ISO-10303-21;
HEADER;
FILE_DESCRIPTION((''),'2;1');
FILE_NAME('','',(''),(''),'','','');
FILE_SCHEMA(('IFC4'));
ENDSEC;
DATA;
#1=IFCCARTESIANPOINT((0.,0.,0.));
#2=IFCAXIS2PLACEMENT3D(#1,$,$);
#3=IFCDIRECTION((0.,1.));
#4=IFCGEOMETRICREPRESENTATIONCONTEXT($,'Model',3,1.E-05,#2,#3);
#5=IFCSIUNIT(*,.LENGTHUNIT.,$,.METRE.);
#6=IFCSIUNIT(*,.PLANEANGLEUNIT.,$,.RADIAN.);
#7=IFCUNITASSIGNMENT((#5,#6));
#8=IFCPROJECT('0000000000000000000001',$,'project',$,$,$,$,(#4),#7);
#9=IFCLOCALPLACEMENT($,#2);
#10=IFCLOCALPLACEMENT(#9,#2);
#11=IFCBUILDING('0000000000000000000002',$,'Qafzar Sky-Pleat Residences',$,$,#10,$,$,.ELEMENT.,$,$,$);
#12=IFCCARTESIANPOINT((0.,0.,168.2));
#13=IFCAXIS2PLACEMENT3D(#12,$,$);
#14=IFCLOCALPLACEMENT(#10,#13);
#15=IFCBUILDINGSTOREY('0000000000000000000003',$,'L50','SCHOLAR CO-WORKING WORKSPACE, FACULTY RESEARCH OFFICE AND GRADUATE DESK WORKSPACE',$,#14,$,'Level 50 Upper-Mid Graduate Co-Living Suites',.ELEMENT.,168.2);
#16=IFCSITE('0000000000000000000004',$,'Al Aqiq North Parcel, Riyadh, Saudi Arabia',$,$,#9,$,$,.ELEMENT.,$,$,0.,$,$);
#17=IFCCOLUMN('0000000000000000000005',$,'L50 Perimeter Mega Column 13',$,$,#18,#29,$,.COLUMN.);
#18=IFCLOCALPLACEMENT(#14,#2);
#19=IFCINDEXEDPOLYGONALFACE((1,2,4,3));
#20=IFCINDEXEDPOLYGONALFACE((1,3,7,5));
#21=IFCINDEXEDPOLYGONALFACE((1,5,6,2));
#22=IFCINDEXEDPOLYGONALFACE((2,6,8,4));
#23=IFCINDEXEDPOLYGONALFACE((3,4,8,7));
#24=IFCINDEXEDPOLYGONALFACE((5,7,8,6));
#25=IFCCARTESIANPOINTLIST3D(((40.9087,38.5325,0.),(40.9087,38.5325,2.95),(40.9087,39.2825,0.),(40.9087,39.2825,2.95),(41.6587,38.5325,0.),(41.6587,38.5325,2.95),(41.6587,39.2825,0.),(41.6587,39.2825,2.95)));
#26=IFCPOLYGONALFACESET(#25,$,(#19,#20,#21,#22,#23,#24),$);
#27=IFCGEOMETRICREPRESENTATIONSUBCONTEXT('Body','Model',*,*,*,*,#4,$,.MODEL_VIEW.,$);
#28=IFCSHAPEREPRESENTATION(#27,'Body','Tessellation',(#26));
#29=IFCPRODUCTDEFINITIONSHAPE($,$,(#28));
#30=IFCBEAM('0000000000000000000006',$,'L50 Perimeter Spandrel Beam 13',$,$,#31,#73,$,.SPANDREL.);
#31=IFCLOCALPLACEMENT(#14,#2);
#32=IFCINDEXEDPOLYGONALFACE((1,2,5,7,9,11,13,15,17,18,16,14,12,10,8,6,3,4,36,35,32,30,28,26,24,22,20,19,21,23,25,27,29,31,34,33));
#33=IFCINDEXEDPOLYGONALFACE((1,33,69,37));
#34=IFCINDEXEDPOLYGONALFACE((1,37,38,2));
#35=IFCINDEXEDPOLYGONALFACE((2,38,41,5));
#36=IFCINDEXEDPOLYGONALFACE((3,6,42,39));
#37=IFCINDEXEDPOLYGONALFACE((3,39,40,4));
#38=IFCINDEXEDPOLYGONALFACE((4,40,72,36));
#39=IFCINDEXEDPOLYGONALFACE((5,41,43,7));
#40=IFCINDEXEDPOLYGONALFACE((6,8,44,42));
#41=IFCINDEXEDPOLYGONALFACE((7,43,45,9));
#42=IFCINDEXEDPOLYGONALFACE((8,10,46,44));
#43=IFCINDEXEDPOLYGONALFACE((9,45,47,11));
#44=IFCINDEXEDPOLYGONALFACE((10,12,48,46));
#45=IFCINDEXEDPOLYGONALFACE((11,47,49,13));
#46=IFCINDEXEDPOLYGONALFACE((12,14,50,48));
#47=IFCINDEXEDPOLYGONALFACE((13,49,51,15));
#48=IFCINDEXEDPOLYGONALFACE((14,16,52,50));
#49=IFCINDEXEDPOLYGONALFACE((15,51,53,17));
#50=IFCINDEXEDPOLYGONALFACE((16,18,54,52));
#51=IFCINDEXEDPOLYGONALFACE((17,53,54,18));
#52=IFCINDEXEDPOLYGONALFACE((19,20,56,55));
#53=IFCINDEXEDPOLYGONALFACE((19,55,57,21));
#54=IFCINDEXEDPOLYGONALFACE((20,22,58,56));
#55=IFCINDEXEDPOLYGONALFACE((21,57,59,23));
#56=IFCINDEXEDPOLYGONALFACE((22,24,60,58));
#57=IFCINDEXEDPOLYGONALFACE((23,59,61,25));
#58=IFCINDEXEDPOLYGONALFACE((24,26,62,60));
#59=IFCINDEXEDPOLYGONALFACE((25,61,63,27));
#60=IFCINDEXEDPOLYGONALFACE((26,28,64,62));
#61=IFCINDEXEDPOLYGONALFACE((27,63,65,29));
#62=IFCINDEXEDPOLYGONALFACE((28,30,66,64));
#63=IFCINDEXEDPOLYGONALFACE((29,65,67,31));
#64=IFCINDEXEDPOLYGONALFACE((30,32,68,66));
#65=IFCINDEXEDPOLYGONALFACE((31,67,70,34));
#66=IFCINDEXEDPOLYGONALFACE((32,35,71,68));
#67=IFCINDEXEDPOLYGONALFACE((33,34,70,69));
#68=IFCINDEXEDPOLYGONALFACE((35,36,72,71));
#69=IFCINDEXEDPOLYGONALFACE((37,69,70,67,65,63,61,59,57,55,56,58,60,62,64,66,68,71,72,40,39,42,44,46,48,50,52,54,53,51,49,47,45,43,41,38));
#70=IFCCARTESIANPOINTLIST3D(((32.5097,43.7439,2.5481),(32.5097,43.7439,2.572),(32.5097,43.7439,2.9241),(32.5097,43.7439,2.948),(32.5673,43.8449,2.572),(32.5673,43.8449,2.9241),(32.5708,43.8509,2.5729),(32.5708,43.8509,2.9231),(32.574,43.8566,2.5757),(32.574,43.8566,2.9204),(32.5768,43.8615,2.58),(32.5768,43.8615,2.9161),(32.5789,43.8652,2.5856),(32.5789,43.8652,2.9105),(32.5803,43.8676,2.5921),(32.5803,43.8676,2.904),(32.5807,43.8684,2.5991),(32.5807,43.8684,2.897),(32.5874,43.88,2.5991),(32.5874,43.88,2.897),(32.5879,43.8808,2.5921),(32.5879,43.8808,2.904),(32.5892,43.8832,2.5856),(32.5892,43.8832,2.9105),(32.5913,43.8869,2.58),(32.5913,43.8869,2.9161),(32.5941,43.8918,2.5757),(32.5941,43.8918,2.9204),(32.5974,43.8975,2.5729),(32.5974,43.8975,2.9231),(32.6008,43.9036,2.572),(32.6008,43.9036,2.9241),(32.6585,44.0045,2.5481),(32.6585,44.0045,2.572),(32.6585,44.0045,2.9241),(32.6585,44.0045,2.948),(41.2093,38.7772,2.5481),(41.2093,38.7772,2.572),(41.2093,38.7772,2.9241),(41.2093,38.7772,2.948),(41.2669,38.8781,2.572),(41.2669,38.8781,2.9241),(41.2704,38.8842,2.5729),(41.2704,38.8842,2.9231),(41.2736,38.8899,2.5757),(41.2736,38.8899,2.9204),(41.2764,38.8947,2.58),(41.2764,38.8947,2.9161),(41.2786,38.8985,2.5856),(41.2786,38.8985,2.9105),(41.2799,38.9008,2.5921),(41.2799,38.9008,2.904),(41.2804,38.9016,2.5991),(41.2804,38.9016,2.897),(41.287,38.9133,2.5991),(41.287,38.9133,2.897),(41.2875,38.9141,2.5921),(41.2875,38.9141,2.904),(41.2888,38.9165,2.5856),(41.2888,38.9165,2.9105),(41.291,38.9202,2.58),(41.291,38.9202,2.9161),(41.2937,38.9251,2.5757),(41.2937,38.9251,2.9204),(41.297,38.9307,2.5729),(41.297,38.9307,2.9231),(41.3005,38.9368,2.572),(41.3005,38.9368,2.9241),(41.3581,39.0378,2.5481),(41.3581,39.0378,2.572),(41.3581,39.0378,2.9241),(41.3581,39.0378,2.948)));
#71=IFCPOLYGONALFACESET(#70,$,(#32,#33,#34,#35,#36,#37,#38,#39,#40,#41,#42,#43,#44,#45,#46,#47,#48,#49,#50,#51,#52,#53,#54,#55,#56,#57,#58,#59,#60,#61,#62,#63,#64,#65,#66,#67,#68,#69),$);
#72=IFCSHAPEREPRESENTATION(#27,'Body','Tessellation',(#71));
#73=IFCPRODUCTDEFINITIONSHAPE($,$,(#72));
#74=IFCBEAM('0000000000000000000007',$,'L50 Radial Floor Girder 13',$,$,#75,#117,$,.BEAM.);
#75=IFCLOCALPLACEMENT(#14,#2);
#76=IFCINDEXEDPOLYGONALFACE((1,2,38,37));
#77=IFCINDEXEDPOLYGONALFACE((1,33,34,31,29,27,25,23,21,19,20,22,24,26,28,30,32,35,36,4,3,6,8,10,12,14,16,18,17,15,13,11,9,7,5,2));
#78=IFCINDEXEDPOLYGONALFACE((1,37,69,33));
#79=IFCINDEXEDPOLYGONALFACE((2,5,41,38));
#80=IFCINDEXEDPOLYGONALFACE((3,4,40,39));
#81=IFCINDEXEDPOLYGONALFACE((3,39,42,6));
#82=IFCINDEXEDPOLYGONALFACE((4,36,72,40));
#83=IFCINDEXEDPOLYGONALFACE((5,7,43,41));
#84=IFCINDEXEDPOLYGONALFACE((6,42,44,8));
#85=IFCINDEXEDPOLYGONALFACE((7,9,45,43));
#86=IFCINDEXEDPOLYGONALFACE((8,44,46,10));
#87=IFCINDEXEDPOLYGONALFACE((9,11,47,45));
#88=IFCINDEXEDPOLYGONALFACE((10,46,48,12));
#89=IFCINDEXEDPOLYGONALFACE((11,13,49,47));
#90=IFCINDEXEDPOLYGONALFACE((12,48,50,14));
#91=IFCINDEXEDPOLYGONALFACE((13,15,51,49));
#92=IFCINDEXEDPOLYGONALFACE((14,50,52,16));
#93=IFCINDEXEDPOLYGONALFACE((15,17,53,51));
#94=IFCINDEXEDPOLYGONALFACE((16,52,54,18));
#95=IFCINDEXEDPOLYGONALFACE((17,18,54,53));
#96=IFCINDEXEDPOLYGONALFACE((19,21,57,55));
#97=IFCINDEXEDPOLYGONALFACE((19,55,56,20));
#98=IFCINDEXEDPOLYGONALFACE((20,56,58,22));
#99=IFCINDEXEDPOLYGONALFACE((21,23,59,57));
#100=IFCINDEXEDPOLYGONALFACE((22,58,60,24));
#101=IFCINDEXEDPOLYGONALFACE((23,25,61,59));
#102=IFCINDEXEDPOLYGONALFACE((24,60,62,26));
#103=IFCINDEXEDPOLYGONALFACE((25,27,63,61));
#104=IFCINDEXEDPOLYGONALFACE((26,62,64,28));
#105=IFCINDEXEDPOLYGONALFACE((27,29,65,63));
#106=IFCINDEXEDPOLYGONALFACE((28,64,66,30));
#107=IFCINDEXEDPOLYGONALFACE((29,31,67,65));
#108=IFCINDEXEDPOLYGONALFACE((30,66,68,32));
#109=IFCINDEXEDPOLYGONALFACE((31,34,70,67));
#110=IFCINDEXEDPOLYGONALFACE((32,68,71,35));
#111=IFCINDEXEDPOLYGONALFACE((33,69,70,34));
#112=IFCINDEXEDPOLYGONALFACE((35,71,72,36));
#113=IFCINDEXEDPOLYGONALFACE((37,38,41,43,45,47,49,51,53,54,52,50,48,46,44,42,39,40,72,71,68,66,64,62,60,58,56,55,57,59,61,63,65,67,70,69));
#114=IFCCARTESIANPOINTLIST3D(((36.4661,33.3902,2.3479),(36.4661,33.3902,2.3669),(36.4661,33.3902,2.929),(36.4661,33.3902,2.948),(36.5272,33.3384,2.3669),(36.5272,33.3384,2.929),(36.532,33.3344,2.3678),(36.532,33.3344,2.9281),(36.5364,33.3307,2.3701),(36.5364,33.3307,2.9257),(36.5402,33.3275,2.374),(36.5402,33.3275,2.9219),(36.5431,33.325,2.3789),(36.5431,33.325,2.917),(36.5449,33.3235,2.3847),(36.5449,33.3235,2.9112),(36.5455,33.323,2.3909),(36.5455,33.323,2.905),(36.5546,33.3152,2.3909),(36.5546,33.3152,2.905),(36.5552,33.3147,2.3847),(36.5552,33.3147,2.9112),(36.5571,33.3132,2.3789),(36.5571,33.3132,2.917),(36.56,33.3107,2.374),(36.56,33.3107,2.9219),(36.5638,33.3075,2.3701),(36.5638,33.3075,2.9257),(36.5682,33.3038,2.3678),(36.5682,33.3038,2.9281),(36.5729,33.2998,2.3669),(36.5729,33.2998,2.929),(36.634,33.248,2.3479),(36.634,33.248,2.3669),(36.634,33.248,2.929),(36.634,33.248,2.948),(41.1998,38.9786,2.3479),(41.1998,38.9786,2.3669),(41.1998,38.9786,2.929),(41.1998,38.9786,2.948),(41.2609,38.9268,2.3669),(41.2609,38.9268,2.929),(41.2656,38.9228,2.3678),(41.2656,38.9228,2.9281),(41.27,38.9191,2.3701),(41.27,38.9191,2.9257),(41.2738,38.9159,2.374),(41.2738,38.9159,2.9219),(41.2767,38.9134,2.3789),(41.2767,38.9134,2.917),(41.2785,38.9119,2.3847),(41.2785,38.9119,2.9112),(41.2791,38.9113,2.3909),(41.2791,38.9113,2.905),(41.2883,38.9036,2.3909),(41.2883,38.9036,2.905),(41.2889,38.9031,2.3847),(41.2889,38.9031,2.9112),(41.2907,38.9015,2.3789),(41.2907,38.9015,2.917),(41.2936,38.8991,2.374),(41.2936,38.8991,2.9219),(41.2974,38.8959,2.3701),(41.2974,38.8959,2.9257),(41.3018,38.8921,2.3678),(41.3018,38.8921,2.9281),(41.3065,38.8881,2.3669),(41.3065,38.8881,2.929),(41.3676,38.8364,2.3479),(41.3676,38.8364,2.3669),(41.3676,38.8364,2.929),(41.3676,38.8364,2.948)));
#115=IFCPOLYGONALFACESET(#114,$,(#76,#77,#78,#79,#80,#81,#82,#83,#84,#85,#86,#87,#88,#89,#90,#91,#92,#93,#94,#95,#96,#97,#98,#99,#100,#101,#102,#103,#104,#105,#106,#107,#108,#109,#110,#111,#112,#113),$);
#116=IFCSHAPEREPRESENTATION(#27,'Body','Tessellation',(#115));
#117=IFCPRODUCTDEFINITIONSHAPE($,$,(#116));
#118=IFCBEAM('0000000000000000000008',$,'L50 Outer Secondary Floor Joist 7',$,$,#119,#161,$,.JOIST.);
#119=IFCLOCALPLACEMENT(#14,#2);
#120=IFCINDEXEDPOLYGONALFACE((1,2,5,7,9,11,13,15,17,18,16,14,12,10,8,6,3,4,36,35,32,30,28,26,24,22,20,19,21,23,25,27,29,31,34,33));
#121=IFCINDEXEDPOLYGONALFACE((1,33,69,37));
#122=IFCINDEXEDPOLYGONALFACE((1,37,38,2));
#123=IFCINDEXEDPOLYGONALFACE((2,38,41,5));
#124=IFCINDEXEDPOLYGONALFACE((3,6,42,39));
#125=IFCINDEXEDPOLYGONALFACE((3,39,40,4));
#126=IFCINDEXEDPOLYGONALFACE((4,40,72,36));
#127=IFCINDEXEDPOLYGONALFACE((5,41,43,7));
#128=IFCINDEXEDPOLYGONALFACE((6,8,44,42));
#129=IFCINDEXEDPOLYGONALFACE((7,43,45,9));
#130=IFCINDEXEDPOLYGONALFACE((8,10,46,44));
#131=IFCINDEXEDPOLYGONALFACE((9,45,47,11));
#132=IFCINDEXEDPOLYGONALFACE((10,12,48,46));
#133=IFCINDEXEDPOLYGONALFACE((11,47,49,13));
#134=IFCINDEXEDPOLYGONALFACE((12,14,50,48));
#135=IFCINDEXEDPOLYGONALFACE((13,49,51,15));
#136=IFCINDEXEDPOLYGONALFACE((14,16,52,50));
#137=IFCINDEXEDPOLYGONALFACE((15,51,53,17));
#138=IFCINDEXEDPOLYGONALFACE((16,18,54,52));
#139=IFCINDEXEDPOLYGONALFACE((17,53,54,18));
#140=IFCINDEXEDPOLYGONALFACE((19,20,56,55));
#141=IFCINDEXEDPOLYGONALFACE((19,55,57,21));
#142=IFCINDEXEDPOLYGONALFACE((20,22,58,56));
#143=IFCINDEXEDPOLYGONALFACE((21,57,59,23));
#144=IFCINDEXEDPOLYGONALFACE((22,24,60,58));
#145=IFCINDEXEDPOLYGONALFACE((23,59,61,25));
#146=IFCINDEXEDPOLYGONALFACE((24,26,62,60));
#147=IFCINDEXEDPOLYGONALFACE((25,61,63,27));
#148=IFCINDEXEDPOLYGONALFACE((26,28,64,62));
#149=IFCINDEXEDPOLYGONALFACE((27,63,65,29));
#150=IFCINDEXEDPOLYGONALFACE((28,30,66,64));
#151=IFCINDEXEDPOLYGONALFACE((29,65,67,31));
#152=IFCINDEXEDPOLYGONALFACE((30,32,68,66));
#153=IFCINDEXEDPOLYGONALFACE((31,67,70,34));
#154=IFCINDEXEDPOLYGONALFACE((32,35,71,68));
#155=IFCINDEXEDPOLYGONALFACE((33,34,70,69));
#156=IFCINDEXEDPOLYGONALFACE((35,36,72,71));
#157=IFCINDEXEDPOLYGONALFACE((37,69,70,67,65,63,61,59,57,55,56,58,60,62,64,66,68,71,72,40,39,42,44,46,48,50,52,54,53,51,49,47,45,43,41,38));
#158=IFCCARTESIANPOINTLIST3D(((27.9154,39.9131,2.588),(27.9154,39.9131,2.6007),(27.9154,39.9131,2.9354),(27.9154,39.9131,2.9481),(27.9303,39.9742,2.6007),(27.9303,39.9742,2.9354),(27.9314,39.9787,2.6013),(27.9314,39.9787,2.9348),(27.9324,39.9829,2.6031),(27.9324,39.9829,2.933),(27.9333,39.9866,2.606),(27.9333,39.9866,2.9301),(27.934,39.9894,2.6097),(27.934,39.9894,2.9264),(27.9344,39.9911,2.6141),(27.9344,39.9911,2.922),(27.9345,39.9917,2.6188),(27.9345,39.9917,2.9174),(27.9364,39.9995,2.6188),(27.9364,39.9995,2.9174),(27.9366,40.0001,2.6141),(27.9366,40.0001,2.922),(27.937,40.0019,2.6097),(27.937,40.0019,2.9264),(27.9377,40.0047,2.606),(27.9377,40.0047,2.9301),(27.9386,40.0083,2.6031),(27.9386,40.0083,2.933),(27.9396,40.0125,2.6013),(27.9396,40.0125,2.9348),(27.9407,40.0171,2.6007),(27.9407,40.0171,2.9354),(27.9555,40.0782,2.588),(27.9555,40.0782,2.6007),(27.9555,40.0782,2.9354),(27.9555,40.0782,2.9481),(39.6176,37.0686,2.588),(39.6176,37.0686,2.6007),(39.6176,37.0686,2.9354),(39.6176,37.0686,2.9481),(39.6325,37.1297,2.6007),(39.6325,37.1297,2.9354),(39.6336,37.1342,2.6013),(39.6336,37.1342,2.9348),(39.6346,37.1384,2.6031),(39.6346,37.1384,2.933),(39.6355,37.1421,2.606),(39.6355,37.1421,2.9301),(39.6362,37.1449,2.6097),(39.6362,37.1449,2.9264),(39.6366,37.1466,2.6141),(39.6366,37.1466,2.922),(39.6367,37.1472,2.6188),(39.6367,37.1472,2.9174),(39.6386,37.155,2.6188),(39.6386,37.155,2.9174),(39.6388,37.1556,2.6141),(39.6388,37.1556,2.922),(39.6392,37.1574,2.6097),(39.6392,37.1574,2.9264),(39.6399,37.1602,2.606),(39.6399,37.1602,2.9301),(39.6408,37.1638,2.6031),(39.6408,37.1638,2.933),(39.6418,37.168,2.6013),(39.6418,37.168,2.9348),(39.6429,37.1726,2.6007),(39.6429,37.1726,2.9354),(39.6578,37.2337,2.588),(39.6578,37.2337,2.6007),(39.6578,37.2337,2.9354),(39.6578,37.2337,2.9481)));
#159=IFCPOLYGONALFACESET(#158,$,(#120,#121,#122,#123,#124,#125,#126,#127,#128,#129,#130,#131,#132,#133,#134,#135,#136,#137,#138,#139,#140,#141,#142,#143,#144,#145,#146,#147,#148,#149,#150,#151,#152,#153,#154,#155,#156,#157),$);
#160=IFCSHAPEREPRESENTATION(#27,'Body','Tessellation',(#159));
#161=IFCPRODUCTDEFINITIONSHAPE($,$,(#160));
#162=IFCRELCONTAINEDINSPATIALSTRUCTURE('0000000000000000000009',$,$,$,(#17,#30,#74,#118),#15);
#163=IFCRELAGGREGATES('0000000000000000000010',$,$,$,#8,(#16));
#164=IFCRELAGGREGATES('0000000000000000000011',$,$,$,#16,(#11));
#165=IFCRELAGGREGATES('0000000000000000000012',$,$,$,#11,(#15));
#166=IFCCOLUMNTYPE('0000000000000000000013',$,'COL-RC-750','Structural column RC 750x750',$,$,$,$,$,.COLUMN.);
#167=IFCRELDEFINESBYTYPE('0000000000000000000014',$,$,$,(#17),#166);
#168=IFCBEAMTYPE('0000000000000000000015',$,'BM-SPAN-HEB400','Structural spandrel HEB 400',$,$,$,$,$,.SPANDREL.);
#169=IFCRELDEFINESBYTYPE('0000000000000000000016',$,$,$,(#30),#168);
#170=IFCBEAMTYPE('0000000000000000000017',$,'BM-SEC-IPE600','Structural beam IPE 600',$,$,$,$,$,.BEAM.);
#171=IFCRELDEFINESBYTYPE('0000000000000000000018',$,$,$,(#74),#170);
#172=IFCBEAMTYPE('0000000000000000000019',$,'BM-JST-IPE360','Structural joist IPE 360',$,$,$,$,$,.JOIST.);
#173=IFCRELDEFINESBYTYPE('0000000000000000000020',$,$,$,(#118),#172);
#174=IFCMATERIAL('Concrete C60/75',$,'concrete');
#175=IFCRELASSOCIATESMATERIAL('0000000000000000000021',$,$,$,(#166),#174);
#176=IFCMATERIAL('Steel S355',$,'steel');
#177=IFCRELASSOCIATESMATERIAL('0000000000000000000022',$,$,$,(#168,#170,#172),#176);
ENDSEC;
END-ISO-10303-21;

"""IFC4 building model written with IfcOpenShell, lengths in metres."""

from ifc_helpers import new_model, si_unit, direction, frame, origin, origin_2d, place, context, subcontext, project, spatial, rectangle, i_section, extrude, source, transform, mapped, material, material_profile, profile_set, type_object, element, save


model = new_model("IFC4")

# Units and contexts
model_context = context("Model", 3, precision=1e-05, world=origin(), true_north=direction((0.0, 1.0)))
body_context = subcontext(model_context, "Body", "Model", "MODEL_VIEW")
ifc_project = project(units=[si_unit("LENGTHUNIT", "METRE"), si_unit("PLANEANGLEUNIT", "RADIAN")], contexts=[model_context])

# Site, building, storey
site_placement = place(None, origin())
site = spatial("IfcSite", under=ifc_project, at=site_placement, Name="Al Aqiq North Parcel, Riyadh, Saudi Arabia", CompositionType="ELEMENT", RefElevation=0.0)
building_placement = place(site_placement, origin())
building = spatial("IfcBuilding", under=site, at=building_placement, Name="Qafzar Sky-Pleat Residences", CompositionType="ELEMENT")
storey_placement = place(building_placement, frame((0.0, 0.0, 168.2)))
storey = spatial("IfcBuildingStorey", under=building, at=storey_placement, Name="L50", Description="SCHOLAR CO-WORKING WORKSPACE, FACULTY RESEARCH OFFICE AND GRADUATE DESK WORKSPACE", LongName="Level 50 Upper-Mid Graduate Co-Living Suites", CompositionType="ELEMENT", Elevation=168.2)

# Column
ifc_material_1 = material(Name="Concrete C60/75", Category="concrete")
ifc_material_profile_1 = material_profile(ifc_material_1, rectangle(XDim=0.75, YDim=0.75, at=origin_2d()), Name="RC 750x750")
ifc_profile_set_1 = profile_set([ifc_material_profile_1], Name="Concrete C60/75")
column_type = type_object("IfcColumnType", Name="COL-RC-750", Description="Structural column RC 750x750", PredefinedType="COLUMN", material=ifc_profile_set_1)
shared_shape_1 = source(origin(), body_context, "Body", "SweptSolid", [
    extrude(rectangle(XDim=0.75, YDim=0.75, at=origin_2d()), origin(), (0.0, 0.0, 1.0), 2.95),
])
column_placement = place(storey_placement, frame((41.2837, 38.9075, 0.0), z_axis=(0.0, 0.0, 1.0), x_axis=(1.0, 0.0, 0.0)))
element("IfcColumn", 1, at=column_placement, inside=storey, type_object=column_type, Name="L50 Perimeter Mega Column 13", PredefinedType="COLUMN", context=body_context, shape_type="MappedRepresentation", body=[
    mapped(shared_shape_1, transform((0.0, 0.0, 0.0), x_axis=(1.0, 0.0, 0.0), y_axis=(0.0, 1.0, 0.0), z_axis=(0.0, 0.0, 1.0), scale=1.0)),
])

# Beams
ifc_material_2 = material(Name="Steel S355", Category="steel")
ifc_material_profile_2 = material_profile(ifc_material_2, i_section(OverallWidth=0.3, OverallDepth=0.3999, WebThickness=0.0134, FlangeThickness=0.0239, FilletRadius=0.0271, at=origin_2d()), Name="HEB 400")
ifc_profile_set_2 = profile_set([ifc_material_profile_2], Name="Steel S355")
beam_type_1 = type_object("IfcBeamType", Name="BM-SPAN-HEB400", Description="Structural spandrel HEB 400", PredefinedType="SPANDREL", material=ifc_profile_set_2)
shared_shape_2 = source(origin(), body_context, "Body", "SweptSolid", [
    extrude(i_section(OverallWidth=0.3, OverallDepth=0.3999, WebThickness=0.0134, FlangeThickness=0.0239, FilletRadius=0.0271, at=origin_2d()), origin(), (0.0, 0.0, 1.0), 10.0176),
])
beam_1_placement = place(storey_placement, frame((41.2837, 38.9075, 2.748), z_axis=(-0.868435, 0.495803, 0.0), x_axis=(-0.495803, -0.868435, 0.0)))
element("IfcBeam", 2, at=beam_1_placement, inside=storey, type_object=beam_type_1, Name="L50 Perimeter Spandrel Beam 13", PredefinedType="SPANDREL", context=body_context, shape_type="MappedRepresentation", body=[
    mapped(shared_shape_2, transform((0.0, 0.0, 0.0), x_axis=(1.0, 0.0, 0.0), y_axis=(0.0, 1.0, 0.0), z_axis=(0.0, 0.0, 1.0), scale=1.0)),
])
ifc_material_profile_3 = material_profile(ifc_material_2, i_section(OverallWidth=0.22, OverallDepth=0.6001, WebThickness=0.012, FlangeThickness=0.019, FilletRadius=0.0239, at=origin_2d()), Name="IPE 600")
ifc_profile_set_3 = profile_set([ifc_material_profile_3], Name="Steel S355")
beam_type_2 = type_object("IfcBeamType", Name="BM-SEC-IPE600", Description="Structural beam IPE 600", PredefinedType="BEAM", material=ifc_profile_set_3)
shared_shape_3 = source(origin(), body_context, "Body", "SweptSolid", [
    extrude(i_section(OverallWidth=0.22, OverallDepth=0.6001, WebThickness=0.012, FlangeThickness=0.019, FilletRadius=0.0239, at=origin_2d()), origin(), (0.0, 0.0, 1.0), 7.3237),
])
beam_2_placement = place(storey_placement, frame((41.2837, 38.9075, 2.6479), z_axis=(-0.646341, -0.763049, 0.0), x_axis=(0.763049, -0.646341, 0.0)))
element("IfcBeam", 3, at=beam_2_placement, inside=storey, type_object=beam_type_2, Name="L50 Radial Floor Girder 13", PredefinedType="BEAM", context=body_context, shape_type="MappedRepresentation", body=[
    mapped(shared_shape_3, transform((0.0, 0.0, 0.0), x_axis=(1.0, 0.0, 0.0), y_axis=(0.0, 1.0, 0.0), z_axis=(0.0, 0.0, 1.0), scale=1.0)),
])
ifc_material_profile_4 = material_profile(ifc_material_2, i_section(OverallWidth=0.1699, OverallDepth=0.3601, WebThickness=0.0081, FlangeThickness=0.0127, FilletRadius=0.0181, at=origin_2d()), Name="IPE 360")
ifc_profile_set_4 = profile_set([ifc_material_profile_4], Name="Steel S355")
beam_type_3 = type_object("IfcBeamType", Name="BM-JST-IPE360", Description="Structural joist IPE 360", PredefinedType="JOIST", material=ifc_profile_set_4)
shared_shape_4 = source(origin(), body_context, "Body", "SweptSolid", [
    extrude(i_section(OverallWidth=0.1699, OverallDepth=0.3601, WebThickness=0.0081, FlangeThickness=0.0127, FilletRadius=0.0181, at=origin_2d()), origin(), (0.0, 0.0, 1.0), 12.043),
])
beam_3_placement = place(storey_placement, frame((39.6377, 37.1511, 2.7681), z_axis=(-0.971705, 0.236196, 0.0), x_axis=(-0.236196, -0.971705, 0.0)))
element("IfcBeam", 4, at=beam_3_placement, inside=storey, type_object=beam_type_3, Name="L50 Outer Secondary Floor Joist 7", PredefinedType="JOIST", context=body_context, shape_type="MappedRepresentation", body=[
    mapped(shared_shape_4, transform((0.0, 0.0, 0.0), x_axis=(1.0, 0.0, 0.0), y_axis=(0.0, 1.0, 0.0), z_axis=(0.0, 0.0, 1.0), scale=1.0)),
])

save(model, "model.ifc")
